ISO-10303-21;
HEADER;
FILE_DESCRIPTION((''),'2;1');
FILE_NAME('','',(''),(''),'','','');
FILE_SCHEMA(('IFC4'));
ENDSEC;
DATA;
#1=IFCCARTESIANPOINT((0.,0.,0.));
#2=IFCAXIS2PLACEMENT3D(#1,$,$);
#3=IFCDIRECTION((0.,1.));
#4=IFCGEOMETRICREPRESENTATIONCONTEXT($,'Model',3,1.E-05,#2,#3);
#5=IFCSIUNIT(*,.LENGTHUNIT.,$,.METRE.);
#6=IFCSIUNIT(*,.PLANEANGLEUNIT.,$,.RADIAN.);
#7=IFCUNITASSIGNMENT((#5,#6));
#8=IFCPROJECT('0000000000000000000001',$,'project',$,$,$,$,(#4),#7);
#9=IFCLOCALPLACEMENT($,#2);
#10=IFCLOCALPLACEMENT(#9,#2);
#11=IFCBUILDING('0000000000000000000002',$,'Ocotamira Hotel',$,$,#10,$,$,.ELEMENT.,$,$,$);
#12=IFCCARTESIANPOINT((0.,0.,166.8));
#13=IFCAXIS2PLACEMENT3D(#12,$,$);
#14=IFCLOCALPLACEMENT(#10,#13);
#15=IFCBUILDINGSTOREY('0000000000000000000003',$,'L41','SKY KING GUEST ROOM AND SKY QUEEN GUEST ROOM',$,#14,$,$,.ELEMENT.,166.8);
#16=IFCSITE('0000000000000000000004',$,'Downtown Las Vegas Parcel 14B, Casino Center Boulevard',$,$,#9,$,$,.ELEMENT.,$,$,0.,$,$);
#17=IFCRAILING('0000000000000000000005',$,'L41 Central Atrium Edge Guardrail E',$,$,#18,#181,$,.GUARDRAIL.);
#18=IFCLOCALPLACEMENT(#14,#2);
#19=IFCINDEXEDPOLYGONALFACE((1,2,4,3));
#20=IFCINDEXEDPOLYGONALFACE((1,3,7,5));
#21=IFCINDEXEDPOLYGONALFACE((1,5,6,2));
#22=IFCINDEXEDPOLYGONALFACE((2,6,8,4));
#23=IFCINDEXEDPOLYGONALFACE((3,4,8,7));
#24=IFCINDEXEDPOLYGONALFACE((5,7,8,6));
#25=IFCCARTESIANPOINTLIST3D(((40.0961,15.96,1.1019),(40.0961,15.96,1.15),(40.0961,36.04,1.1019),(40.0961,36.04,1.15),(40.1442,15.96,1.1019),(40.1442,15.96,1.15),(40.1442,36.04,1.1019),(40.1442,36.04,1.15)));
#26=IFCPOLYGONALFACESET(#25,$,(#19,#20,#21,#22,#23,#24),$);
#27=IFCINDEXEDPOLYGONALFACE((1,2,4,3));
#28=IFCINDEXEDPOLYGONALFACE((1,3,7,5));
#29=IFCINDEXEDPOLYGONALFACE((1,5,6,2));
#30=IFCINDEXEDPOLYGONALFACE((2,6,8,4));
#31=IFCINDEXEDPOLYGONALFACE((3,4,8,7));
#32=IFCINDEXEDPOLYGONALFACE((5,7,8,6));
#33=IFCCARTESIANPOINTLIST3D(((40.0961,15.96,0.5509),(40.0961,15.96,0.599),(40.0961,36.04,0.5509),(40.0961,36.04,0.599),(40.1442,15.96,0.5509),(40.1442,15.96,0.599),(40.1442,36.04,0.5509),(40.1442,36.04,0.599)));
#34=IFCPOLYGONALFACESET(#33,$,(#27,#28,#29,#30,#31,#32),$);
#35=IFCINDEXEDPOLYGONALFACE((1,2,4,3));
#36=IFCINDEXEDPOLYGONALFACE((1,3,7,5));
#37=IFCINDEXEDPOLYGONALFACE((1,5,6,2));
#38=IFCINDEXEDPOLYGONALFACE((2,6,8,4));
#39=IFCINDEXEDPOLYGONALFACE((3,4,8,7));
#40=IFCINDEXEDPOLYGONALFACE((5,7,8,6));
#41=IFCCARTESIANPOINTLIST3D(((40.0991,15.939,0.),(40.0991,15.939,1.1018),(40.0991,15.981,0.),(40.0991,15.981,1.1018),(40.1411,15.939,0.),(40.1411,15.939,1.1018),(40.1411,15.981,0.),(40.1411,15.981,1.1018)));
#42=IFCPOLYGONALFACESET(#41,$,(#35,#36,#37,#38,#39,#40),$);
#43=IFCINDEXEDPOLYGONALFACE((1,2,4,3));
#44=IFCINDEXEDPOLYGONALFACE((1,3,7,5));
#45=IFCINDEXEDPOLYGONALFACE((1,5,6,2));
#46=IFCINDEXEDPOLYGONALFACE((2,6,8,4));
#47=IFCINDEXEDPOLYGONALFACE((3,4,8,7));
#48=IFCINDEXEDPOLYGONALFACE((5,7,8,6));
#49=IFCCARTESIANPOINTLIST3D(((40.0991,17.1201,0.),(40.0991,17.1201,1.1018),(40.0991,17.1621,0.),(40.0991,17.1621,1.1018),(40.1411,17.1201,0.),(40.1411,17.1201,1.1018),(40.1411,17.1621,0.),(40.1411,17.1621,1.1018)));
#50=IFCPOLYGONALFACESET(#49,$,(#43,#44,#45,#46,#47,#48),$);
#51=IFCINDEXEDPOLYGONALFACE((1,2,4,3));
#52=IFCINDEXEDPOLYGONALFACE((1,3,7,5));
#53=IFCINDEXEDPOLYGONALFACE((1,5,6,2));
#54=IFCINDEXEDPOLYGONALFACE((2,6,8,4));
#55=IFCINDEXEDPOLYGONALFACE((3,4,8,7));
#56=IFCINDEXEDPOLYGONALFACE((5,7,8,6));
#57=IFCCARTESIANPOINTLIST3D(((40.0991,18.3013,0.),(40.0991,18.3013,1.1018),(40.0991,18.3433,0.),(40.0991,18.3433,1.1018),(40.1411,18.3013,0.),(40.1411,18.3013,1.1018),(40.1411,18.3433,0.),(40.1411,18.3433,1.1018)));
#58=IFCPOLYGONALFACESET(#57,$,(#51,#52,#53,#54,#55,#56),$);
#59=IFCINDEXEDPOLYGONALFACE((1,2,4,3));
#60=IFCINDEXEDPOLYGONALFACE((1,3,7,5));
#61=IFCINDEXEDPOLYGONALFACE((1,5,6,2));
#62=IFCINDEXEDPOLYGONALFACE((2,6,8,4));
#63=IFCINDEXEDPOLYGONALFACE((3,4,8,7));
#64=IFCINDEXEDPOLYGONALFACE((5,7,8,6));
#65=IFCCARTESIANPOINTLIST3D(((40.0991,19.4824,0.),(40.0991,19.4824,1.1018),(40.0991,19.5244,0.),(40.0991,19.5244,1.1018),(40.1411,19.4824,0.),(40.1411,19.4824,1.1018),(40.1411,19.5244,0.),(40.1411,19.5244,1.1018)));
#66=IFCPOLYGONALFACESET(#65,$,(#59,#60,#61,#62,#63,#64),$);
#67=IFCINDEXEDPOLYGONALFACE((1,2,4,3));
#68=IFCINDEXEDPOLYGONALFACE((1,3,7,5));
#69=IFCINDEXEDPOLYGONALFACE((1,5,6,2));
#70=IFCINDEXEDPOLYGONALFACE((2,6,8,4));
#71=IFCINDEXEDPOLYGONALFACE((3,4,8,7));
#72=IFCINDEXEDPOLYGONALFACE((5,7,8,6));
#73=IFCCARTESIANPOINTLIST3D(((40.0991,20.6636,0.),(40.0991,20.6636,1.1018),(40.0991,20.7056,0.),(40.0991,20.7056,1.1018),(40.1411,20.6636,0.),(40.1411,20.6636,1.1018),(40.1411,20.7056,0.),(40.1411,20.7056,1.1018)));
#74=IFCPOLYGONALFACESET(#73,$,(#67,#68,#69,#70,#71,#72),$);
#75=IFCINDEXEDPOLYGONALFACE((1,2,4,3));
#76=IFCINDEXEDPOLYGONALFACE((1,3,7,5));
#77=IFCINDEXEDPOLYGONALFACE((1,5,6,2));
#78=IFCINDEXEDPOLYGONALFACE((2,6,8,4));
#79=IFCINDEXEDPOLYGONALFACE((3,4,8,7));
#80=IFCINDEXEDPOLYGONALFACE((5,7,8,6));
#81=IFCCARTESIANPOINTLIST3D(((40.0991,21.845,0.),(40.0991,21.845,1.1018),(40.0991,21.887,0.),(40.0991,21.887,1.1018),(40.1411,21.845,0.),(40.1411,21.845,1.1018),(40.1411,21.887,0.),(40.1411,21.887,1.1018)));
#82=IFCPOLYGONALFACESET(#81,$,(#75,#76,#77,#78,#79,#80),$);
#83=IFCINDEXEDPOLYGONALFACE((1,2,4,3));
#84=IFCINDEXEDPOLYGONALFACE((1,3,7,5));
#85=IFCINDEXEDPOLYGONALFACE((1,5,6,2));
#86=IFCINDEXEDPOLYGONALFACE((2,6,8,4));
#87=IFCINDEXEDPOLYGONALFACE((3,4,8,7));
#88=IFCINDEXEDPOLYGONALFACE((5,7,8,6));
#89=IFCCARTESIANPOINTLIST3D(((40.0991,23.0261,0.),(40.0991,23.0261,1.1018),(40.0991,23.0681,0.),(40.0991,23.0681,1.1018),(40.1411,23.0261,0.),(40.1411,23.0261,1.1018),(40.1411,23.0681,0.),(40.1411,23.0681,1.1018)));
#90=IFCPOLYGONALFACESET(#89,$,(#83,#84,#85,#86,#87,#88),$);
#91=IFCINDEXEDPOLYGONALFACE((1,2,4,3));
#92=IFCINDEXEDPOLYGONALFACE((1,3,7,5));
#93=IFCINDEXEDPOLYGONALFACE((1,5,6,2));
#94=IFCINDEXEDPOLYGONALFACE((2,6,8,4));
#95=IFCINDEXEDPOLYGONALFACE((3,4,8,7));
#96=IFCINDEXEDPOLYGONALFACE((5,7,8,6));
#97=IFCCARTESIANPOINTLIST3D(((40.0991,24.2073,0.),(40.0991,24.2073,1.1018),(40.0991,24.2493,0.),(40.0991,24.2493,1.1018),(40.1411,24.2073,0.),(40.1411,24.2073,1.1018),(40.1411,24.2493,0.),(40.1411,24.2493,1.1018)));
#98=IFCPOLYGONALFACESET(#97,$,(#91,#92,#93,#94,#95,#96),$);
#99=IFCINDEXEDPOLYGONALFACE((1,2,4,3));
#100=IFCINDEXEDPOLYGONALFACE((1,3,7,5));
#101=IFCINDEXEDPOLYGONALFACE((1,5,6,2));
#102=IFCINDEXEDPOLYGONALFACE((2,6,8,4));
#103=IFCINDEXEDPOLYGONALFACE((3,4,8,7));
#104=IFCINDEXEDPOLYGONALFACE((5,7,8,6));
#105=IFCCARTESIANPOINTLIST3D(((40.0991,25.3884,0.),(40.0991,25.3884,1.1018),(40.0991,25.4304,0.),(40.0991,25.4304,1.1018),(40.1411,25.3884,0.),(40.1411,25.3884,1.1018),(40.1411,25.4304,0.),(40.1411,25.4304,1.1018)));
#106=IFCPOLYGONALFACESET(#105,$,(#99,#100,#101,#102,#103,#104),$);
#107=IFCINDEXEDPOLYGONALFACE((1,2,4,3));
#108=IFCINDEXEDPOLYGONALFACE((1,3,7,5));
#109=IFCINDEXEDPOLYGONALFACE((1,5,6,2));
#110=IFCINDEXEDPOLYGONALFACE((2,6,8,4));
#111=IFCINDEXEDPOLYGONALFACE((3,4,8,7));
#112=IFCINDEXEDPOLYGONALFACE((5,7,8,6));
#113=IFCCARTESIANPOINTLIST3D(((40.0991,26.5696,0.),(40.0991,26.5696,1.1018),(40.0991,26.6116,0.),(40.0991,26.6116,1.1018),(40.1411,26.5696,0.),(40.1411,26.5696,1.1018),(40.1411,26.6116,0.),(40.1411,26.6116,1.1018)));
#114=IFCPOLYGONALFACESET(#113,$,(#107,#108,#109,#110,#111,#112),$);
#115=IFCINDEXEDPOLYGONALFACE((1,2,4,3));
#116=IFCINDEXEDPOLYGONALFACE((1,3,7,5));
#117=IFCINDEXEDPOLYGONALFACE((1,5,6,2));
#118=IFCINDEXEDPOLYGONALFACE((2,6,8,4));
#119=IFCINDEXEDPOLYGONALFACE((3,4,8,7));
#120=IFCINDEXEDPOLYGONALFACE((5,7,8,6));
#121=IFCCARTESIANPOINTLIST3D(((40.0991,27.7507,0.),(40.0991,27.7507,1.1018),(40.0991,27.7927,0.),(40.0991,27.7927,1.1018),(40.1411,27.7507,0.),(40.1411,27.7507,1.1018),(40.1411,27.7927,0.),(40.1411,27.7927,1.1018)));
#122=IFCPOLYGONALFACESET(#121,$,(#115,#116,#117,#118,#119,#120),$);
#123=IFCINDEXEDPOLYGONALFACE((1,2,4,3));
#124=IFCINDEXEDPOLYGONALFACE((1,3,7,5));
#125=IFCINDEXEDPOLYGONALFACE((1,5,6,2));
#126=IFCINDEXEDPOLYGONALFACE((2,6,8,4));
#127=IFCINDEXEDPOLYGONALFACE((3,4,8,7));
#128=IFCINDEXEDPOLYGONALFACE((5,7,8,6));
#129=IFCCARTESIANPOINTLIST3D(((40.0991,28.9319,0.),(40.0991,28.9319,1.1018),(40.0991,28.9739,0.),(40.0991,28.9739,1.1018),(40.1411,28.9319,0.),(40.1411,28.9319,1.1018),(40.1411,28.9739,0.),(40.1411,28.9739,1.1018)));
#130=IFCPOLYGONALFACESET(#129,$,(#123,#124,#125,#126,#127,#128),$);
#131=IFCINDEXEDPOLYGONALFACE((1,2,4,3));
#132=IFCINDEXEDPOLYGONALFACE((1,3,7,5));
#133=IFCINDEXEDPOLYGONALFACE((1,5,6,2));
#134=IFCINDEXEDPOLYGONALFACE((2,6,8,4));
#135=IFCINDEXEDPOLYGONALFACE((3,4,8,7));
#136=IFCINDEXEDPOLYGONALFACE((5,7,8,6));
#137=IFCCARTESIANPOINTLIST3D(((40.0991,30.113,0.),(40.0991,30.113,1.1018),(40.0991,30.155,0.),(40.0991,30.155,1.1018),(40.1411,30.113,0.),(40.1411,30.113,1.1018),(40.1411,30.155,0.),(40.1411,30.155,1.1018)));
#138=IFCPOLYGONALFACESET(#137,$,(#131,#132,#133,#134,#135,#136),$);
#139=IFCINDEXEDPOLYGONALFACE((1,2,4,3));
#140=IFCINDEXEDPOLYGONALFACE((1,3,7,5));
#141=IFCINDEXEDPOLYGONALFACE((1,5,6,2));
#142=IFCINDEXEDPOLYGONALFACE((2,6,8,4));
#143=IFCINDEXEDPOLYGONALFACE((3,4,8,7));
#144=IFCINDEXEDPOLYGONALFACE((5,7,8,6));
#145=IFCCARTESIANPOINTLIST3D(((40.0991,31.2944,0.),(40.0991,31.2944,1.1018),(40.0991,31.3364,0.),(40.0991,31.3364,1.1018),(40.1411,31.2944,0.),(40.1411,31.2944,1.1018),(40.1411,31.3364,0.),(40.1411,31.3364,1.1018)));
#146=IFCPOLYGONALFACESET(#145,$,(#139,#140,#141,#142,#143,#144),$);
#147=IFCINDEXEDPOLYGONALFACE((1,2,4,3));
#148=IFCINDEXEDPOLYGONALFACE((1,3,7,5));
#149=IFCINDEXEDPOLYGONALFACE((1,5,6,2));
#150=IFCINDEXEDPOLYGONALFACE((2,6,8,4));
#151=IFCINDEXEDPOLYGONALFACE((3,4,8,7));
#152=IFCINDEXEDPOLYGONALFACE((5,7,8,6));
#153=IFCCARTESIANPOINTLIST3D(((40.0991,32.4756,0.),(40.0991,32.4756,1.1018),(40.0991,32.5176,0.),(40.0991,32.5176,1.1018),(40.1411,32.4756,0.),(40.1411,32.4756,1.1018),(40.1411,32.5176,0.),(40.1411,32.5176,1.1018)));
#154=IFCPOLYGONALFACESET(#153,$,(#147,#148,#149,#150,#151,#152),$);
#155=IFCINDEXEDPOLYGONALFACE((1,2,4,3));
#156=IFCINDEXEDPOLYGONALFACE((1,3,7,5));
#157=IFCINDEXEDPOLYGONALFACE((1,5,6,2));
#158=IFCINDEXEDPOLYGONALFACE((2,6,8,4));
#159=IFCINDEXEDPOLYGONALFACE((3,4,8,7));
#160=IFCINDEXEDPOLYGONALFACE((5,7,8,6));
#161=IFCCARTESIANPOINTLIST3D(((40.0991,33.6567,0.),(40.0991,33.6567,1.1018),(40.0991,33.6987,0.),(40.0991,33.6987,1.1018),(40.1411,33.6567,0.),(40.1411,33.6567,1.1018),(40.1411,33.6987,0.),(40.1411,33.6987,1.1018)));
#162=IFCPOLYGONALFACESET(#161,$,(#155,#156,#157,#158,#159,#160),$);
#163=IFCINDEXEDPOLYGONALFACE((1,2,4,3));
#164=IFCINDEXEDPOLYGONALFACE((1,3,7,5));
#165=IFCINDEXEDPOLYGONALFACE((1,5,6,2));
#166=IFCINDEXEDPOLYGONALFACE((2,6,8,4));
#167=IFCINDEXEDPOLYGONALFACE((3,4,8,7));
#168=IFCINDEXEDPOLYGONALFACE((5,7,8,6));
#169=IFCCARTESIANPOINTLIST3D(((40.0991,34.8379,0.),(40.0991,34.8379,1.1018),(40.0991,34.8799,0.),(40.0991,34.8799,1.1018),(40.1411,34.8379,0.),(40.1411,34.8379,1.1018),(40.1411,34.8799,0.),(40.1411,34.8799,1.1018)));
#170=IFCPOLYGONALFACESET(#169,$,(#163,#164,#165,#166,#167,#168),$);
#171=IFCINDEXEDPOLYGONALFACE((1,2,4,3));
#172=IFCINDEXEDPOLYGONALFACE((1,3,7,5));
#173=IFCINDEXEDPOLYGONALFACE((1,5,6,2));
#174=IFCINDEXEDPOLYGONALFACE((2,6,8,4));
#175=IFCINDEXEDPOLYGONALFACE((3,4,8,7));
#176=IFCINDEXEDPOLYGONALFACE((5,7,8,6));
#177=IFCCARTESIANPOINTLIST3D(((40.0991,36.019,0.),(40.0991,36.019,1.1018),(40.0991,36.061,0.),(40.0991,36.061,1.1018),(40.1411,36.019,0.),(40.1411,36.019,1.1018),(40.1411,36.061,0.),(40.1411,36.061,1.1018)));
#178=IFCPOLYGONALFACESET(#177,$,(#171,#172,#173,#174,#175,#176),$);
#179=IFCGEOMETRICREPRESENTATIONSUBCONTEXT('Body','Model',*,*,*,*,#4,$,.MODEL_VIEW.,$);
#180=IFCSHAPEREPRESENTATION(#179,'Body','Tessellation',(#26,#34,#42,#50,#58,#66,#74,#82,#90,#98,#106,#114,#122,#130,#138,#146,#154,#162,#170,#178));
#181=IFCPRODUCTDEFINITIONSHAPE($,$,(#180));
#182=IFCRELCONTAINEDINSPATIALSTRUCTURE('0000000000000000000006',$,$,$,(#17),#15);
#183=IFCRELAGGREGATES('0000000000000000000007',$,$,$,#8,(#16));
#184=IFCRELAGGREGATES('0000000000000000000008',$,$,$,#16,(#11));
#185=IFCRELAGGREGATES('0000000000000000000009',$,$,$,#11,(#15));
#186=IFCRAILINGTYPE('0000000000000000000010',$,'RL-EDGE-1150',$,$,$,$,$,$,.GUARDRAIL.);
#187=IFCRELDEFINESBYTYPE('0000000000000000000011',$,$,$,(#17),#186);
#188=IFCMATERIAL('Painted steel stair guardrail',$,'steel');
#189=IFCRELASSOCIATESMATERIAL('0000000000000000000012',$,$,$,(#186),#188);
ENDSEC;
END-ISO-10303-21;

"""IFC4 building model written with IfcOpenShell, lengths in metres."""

from ifc_helpers import new_model, si_unit, direction, frame, origin, origin_2d, place, context, subcontext, project, spatial, rectangle, extrude, material, type_object, element, save


model = new_model("IFC4")

# Units and contexts
model_context = context("Model", 3, precision=1e-05, world=origin(), true_north=direction((0.0, 1.0)))
body_context = subcontext(model_context, "Body", "Model", "MODEL_VIEW")
ifc_project = project(units=[si_unit("LENGTHUNIT", "METRE"), si_unit("PLANEANGLEUNIT", "RADIAN")], contexts=[model_context])

# Site, building, storey
site_placement = place(None, origin())
site = spatial("IfcSite", under=ifc_project, at=site_placement, Name="Downtown Las Vegas Parcel 14B, Casino Center Boulevard", CompositionType="ELEMENT", RefElevation=0.0)
building_placement = place(site_placement, origin())
building = spatial("IfcBuilding", under=site, at=building_placement, Name="Ocotamira Hotel", CompositionType="ELEMENT")
storey_placement = place(building_placement, frame((0.0, 0.0, 166.8)))
storey = spatial("IfcBuildingStorey", under=building, at=storey_placement, Name="L41", Description="SKY KING GUEST ROOM AND SKY QUEEN GUEST ROOM", CompositionType="ELEMENT", Elevation=166.8)

# Railing
ifc_material_1 = material(Name="Painted steel stair guardrail", Category="steel")
railing_type = type_object("IfcRailingType", Name="RL-EDGE-1150", PredefinedType="GUARDRAIL", material=ifc_material_1)
railing_placement = place(storey_placement, frame((40.1201, 15.96, 0.0)))
element("IfcRailing", 1, at=railing_placement, inside=storey, type_object=railing_type, Name="L41 Central Atrium Edge Guardrail E", PredefinedType="GUARDRAIL", context=body_context, shape_type="SweptSolid", body=[
    extrude(rectangle(XDim=0.0481, YDim=0.0481, at=origin_2d()), frame((0.0, 0.0, 1.126), z_axis=(0.0, 1.0, 0.0), x_axis=(-1.0, 0.0, 0.0)), (0.0, 0.0, 1.0), 20.0801),
    extrude(rectangle(XDim=0.0481, YDim=0.0481, at=origin_2d()), frame((0.0, 0.0, 0.575), z_axis=(0.0, 1.0, 0.0), x_axis=(-1.0, 0.0, 0.0)), (0.0, 0.0, 1.0), 20.0801),
    extrude(rectangle(XDim=0.042, YDim=0.042, at=origin_2d()), origin(), (0.0, 0.0, 1.0), 1.1018),
    extrude(rectangle(XDim=0.042, YDim=0.042, at=origin_2d()), frame((0.0, 1.1812, 0.0)), (0.0, 0.0, 1.0), 1.1018),
    extrude(rectangle(XDim=0.042, YDim=0.042, at=origin_2d()), frame((0.0, 2.3623, 0.0)), (0.0, 0.0, 1.0), 1.1018),
    extrude(rectangle(XDim=0.042, YDim=0.042, at=origin_2d()), frame((0.0, 3.5435, 0.0)), (0.0, 0.0, 1.0), 1.1018),
    extrude(rectangle(XDim=0.042, YDim=0.042, at=origin_2d()), frame((0.0, 4.7246, 0.0)), (0.0, 0.0, 1.0), 1.1018),
    extrude(rectangle(XDim=0.042, YDim=0.042, at=origin_2d()), frame((0.0, 5.906, 0.0)), (0.0, 0.0, 1.0), 1.1018),
    extrude(rectangle(XDim=0.042, YDim=0.042, at=origin_2d()), frame((0.0, 7.0872, 0.0)), (0.0, 0.0, 1.0), 1.1018),
    extrude(rectangle(XDim=0.042, YDim=0.042, at=origin_2d()), frame((0.0, 8.2683, 0.0)), (0.0, 0.0, 1.0), 1.1018),
    extrude(rectangle(XDim=0.042, YDim=0.042, at=origin_2d()), frame((0.0, 9.4495, 0.0)), (0.0, 0.0, 1.0), 1.1018),
    extrude(rectangle(XDim=0.042, YDim=0.042, at=origin_2d()), frame((0.0, 10.6306, 0.0)), (0.0, 0.0, 1.0), 1.1018),
    extrude(rectangle(XDim=0.042, YDim=0.042, at=origin_2d()), frame((0.0, 11.8118, 0.0)), (0.0, 0.0, 1.0), 1.1018),
    extrude(rectangle(XDim=0.042, YDim=0.042, at=origin_2d()), frame((0.0, 12.9929, 0.0)), (0.0, 0.0, 1.0), 1.1018),
    extrude(rectangle(XDim=0.042, YDim=0.042, at=origin_2d()), frame((0.0, 14.1741, 0.0)), (0.0, 0.0, 1.0), 1.1018),
    extrude(rectangle(XDim=0.042, YDim=0.042, at=origin_2d()), frame((0.0, 15.3555, 0.0)), (0.0, 0.0, 1.0), 1.1018),
    extrude(rectangle(XDim=0.042, YDim=0.042, at=origin_2d()), frame((0.0, 16.5366, 0.0)), (0.0, 0.0, 1.0), 1.1018),
    extrude(rectangle(XDim=0.042, YDim=0.042, at=origin_2d()), frame((0.0, 17.7178, 0.0)), (0.0, 0.0, 1.0), 1.1018),
    extrude(rectangle(XDim=0.042, YDim=0.042, at=origin_2d()), frame((0.0, 18.8989, 0.0)), (0.0, 0.0, 1.0), 1.1018),
    extrude(rectangle(XDim=0.042, YDim=0.042, at=origin_2d()), frame((0.0, 20.0801, 0.0)), (0.0, 0.0, 1.0), 1.1018),
])

save(model, "model.ifc")
